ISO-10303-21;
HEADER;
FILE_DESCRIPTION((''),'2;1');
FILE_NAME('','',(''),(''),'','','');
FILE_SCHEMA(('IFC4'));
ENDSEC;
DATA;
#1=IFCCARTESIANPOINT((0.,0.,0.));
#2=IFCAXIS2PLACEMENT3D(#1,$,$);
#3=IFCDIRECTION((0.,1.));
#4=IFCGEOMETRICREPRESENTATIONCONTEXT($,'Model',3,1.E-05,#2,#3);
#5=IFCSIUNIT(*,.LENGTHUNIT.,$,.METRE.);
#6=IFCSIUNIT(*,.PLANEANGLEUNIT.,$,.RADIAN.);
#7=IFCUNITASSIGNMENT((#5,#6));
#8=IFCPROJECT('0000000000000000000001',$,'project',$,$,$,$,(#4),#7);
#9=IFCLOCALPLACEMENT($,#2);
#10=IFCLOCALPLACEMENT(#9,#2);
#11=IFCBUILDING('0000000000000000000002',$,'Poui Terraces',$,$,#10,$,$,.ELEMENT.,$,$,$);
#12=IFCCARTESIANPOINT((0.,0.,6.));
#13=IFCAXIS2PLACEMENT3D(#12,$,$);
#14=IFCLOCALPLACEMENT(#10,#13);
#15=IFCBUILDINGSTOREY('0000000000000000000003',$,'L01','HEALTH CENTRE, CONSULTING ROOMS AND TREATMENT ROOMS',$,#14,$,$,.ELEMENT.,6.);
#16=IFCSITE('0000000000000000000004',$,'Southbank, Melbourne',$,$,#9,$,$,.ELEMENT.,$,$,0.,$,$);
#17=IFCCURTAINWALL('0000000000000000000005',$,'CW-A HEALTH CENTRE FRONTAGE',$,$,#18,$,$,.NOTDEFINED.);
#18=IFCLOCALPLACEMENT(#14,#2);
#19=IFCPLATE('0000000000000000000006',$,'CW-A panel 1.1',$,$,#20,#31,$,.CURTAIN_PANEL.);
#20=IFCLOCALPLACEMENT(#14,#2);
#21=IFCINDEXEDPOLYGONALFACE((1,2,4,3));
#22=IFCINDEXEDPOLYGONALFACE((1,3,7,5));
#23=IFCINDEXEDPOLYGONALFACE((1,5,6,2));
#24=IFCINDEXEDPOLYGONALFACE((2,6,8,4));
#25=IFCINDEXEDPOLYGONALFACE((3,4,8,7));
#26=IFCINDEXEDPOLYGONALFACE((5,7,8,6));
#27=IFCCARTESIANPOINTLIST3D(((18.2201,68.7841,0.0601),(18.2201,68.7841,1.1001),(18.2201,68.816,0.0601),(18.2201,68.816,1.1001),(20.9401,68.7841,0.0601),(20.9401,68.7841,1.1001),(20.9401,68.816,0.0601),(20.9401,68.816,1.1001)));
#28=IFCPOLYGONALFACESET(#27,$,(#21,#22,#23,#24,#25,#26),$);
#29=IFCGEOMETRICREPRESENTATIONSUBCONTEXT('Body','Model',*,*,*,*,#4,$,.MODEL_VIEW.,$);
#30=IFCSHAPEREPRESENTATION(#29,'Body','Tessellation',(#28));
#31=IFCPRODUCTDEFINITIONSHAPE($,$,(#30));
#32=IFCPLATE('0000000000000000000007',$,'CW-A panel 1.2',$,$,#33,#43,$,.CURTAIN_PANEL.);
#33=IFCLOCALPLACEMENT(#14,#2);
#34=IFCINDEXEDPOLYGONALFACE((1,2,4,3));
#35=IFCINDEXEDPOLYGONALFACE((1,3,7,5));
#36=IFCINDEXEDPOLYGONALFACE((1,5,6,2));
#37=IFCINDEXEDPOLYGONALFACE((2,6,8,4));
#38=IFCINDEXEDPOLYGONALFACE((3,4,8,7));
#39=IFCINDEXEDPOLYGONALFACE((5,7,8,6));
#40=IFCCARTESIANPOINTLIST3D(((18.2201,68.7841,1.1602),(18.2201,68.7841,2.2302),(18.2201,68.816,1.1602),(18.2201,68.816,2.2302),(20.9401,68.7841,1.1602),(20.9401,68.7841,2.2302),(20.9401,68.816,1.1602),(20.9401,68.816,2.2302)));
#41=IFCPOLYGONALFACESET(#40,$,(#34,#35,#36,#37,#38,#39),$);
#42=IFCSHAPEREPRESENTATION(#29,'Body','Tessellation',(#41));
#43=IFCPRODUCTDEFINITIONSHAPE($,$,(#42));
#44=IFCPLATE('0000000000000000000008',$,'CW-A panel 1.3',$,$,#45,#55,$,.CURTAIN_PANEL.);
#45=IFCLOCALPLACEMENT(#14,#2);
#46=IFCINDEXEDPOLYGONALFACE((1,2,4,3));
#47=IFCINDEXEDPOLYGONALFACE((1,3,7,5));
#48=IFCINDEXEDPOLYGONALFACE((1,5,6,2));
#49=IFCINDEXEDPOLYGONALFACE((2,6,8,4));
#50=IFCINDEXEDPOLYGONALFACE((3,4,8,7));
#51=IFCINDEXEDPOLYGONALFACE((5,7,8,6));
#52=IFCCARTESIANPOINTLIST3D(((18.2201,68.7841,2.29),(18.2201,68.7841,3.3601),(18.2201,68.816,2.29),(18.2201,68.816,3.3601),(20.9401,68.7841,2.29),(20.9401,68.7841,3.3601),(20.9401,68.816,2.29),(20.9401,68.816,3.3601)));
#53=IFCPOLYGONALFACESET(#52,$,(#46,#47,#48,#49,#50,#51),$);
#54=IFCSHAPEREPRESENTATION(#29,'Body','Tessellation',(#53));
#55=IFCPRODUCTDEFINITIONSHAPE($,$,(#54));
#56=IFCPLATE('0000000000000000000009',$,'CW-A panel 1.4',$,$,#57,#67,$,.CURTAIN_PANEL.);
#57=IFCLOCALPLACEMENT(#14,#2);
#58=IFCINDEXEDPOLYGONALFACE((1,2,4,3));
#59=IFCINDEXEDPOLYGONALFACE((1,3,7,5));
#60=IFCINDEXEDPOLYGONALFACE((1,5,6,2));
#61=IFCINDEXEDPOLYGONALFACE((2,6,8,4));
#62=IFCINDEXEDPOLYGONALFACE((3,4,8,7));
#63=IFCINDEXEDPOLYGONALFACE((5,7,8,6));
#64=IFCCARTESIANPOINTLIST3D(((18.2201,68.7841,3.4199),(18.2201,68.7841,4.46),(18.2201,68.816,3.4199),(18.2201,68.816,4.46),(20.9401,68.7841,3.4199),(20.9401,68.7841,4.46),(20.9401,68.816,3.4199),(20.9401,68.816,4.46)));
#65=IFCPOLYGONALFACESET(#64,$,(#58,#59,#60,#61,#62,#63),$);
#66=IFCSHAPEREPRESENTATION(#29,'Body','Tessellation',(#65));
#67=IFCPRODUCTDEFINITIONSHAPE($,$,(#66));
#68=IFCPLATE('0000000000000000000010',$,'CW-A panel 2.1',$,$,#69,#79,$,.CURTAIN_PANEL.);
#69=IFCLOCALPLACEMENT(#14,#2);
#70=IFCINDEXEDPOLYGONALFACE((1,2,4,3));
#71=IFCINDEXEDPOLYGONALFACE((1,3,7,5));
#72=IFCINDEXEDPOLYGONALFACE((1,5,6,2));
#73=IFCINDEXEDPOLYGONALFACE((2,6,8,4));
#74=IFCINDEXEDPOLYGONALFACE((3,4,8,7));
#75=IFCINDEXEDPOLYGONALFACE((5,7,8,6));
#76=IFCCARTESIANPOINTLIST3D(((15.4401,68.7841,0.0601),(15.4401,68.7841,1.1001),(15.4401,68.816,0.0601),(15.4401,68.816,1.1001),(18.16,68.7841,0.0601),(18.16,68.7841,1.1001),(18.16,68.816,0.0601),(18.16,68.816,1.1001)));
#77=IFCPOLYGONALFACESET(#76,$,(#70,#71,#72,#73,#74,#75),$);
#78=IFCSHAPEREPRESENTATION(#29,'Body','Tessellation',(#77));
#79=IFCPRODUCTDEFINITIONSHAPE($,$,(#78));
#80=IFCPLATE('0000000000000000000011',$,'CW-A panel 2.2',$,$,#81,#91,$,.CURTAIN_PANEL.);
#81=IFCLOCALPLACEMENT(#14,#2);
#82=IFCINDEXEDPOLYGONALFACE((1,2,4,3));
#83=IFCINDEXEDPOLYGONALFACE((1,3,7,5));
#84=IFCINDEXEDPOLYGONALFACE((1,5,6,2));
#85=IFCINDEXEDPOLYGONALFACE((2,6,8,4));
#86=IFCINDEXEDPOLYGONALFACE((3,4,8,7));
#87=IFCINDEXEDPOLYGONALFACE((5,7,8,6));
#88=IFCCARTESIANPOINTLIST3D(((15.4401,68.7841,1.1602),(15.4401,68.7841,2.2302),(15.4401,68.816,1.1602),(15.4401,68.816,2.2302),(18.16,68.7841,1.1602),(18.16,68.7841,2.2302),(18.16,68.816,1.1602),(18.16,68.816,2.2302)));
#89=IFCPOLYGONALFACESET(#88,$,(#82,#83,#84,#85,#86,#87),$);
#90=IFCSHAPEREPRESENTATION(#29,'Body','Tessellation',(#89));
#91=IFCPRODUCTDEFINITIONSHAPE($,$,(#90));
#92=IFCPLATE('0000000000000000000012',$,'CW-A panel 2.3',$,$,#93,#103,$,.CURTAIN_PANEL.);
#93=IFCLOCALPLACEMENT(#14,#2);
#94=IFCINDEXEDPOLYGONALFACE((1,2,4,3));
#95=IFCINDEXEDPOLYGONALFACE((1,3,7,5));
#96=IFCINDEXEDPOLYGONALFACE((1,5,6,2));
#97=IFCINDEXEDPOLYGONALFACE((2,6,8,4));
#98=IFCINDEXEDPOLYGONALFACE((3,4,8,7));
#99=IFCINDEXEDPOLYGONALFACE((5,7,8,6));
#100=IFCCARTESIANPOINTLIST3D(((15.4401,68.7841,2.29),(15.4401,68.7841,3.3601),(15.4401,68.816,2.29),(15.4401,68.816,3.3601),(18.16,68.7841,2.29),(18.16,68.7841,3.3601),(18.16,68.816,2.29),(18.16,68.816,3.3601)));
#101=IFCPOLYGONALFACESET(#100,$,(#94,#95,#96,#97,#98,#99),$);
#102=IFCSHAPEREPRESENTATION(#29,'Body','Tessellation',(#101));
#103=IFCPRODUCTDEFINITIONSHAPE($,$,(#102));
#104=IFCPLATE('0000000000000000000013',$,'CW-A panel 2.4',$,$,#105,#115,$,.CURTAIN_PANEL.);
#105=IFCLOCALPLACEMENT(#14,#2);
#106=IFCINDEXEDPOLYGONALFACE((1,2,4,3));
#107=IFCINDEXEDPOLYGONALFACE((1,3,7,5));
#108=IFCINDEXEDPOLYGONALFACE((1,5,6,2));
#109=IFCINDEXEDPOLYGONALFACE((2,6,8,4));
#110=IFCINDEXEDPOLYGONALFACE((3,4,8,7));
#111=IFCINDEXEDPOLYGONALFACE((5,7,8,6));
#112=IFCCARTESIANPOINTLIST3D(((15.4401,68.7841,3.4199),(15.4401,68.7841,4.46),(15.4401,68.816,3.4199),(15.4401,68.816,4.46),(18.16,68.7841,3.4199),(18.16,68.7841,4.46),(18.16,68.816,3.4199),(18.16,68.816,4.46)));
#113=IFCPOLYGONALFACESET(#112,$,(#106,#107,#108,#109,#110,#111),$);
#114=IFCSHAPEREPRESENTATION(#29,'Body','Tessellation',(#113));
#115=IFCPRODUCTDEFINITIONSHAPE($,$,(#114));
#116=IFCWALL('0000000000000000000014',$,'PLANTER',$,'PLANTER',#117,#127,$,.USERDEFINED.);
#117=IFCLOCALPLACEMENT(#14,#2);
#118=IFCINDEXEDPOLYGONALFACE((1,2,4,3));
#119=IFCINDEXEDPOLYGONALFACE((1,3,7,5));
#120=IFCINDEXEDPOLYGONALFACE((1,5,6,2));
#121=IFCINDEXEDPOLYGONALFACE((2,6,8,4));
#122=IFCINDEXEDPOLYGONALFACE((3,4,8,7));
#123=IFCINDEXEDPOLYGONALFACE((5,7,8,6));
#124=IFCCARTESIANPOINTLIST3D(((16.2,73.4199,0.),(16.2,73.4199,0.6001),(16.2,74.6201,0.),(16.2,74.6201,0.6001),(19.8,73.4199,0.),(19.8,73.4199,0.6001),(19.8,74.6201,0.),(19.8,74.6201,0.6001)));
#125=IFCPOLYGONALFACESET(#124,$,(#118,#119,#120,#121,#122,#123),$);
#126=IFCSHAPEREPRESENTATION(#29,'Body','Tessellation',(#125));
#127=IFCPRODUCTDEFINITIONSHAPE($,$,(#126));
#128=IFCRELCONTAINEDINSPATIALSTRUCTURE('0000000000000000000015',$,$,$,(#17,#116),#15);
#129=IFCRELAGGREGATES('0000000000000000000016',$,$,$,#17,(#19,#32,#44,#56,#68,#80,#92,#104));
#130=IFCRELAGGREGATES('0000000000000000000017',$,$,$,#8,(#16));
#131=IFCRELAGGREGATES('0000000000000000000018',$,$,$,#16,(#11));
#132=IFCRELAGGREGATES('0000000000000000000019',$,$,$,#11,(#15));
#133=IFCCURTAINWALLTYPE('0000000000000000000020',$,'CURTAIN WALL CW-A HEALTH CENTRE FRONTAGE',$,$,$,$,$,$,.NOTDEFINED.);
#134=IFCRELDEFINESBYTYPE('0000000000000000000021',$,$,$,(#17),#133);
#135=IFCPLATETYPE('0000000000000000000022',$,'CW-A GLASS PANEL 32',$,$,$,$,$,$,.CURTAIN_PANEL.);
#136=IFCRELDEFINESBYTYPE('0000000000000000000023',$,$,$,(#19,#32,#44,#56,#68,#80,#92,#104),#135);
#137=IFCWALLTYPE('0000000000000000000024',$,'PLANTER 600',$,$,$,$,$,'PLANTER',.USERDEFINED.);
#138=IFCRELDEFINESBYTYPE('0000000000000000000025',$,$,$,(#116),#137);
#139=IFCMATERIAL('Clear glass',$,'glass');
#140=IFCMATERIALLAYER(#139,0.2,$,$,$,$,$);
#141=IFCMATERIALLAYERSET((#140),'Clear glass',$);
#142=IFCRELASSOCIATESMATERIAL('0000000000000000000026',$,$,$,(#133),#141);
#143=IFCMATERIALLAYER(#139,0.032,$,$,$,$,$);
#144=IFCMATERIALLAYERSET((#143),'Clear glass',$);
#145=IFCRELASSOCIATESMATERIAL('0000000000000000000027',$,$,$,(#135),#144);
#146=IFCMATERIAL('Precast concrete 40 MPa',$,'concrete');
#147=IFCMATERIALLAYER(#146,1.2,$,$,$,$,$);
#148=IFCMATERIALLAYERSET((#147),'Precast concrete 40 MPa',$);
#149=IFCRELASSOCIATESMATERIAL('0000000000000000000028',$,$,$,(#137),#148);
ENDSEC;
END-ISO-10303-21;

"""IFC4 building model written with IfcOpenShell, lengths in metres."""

from ifc_helpers import new_model, si_unit, direction, frame, origin, origin_2d, place, context, subcontext, project, spatial, polyline, rectangle, outline, extrude, source, transform, mapped, material, layer, layer_set, type_object, element, aggregate, save


model = new_model("IFC4")

# Units and contexts
model_context = context("Model", 3, precision=1e-05, world=origin(), true_north=direction((0.0, 1.0)))
body_context = subcontext(model_context, "Body", "Model", "MODEL_VIEW")
ifc_project = project(units=[si_unit("LENGTHUNIT", "METRE"), si_unit("PLANEANGLEUNIT", "RADIAN")], contexts=[model_context])

# Site, building, storey
site_placement = place(None, origin())
site = spatial("IfcSite", under=ifc_project, at=site_placement, Name="Southbank, Melbourne", CompositionType="ELEMENT", RefElevation=0.0)
building_placement = place(site_placement, origin())
building = spatial("IfcBuilding", under=site, at=building_placement, Name="Poui Terraces", CompositionType="ELEMENT")
storey_placement = place(building_placement, frame((0.0, 0.0, 6.0)))
storey = spatial("IfcBuildingStorey", under=building, at=storey_placement, Name="L01", Description="HEALTH CENTRE, CONSULTING ROOMS AND TREATMENT ROOMS", CompositionType="ELEMENT", Elevation=6.0)

# Shared definitions
ifc_material_1 = material(Name="Clear glass", Category="glass")
ifc_layer_1 = layer(ifc_material_1, 0.2)
ifc_layer_set_1 = layer_set([ifc_layer_1], Name="Clear glass")
curtain_wall_type = type_object("IfcCurtainWallType", Name="CURTAIN WALL CW-A HEALTH CENTRE FRONTAGE", PredefinedType="NOTDEFINED", material=ifc_layer_set_1)

# Curtain wall
curtain_wall_1_placement = place(storey_placement, origin())
curtain_wall_1 = element("IfcCurtainWall", 1, at=curtain_wall_1_placement, inside=storey, type_object=curtain_wall_type, Name="CW-A HEALTH CENTRE FRONTAGE", PredefinedType="NOTDEFINED")

# Plates
ifc_layer_2 = layer(ifc_material_1, 0.032)
ifc_layer_set_2 = layer_set([ifc_layer_2], Name="Clear glass")
plate_type = type_object("IfcPlateType", Name="CW-A GLASS PANEL 32", PredefinedType="CURTAIN_PANEL", material=ifc_layer_set_2)
plate_1_placement = place(storey_placement, frame((19.5801, 68.8, 0.0601), z_axis=(0.0, 0.0, 1.0), x_axis=(-1.0, 0.0, 0.0)))
plate_1 = element("IfcPlate", 2, at=plate_1_placement, type_object=plate_type, Name="CW-A panel 1.1", PredefinedType="CURTAIN_PANEL", context=body_context, shape_type="SweptSolid", body=[
    extrude(rectangle(XDim=2.72, YDim=0.032, at=origin_2d()), origin(), (0.0, 0.0, 1.0), 1.04),
])
plate_2_placement = place(storey_placement, frame((19.5801, 68.8, 1.1602), z_axis=(0.0, 0.0, 1.0), x_axis=(-1.0, 0.0, 0.0)))
plate_2 = element("IfcPlate", 3, at=plate_2_placement, type_object=plate_type, Name="CW-A panel 1.2", PredefinedType="CURTAIN_PANEL", context=body_context, shape_type="SweptSolid", body=[
    extrude(rectangle(XDim=2.72, YDim=0.032, at=origin_2d()), origin(), (0.0, 0.0, 1.0), 1.0701),
])
plate_3_placement = place(storey_placement, frame((19.5801, 68.8, 2.29), z_axis=(0.0, 0.0, 1.0), x_axis=(-1.0, 0.0, 0.0)))
plate_3 = element("IfcPlate", 4, at=plate_3_placement, type_object=plate_type, Name="CW-A panel 1.3", PredefinedType="CURTAIN_PANEL", context=body_context, shape_type="SweptSolid", body=[
    extrude(rectangle(XDim=2.72, YDim=0.032, at=origin_2d()), origin(), (0.0, 0.0, 1.0), 1.0701),
])
plate_4_placement = place(storey_placement, frame((19.5801, 68.8, 3.4199), z_axis=(0.0, 0.0, 1.0), x_axis=(-1.0, 0.0, 0.0)))
plate_4 = element("IfcPlate", 5, at=plate_4_placement, type_object=plate_type, Name="CW-A panel 1.4", PredefinedType="CURTAIN_PANEL", context=body_context, shape_type="SweptSolid", body=[
    extrude(rectangle(XDim=2.72, YDim=0.032, at=origin_2d()), origin(), (0.0, 0.0, 1.0), 1.04),
])
plate_5_placement = place(storey_placement, frame((16.8, 68.8, 0.0601), z_axis=(0.0, 0.0, 1.0), x_axis=(-1.0, 0.0, 0.0)))
plate_5 = element("IfcPlate", 6, at=plate_5_placement, type_object=plate_type, Name="CW-A panel 2.1", PredefinedType="CURTAIN_PANEL", context=body_context, shape_type="SweptSolid", body=[
    extrude(rectangle(XDim=2.72, YDim=0.032, at=origin_2d()), origin(), (0.0, 0.0, 1.0), 1.04),
])
plate_6_placement = place(storey_placement, frame((16.8, 68.8, 1.1602), z_axis=(0.0, 0.0, 1.0), x_axis=(-1.0, 0.0, 0.0)))
plate_6 = element("IfcPlate", 7, at=plate_6_placement, type_object=plate_type, Name="CW-A panel 2.2", PredefinedType="CURTAIN_PANEL", context=body_context, shape_type="SweptSolid", body=[
    extrude(rectangle(XDim=2.72, YDim=0.032, at=origin_2d()), origin(), (0.0, 0.0, 1.0), 1.0701),
])
plate_7_placement = place(storey_placement, frame((16.8, 68.8, 2.29), z_axis=(0.0, 0.0, 1.0), x_axis=(-1.0, 0.0, 0.0)))
plate_7 = element("IfcPlate", 8, at=plate_7_placement, type_object=plate_type, Name="CW-A panel 2.3", PredefinedType="CURTAIN_PANEL", context=body_context, shape_type="SweptSolid", body=[
    extrude(rectangle(XDim=2.72, YDim=0.032, at=origin_2d()), origin(), (0.0, 0.0, 1.0), 1.0701),
])
plate_8_placement = place(storey_placement, frame((16.8, 68.8, 3.4199), z_axis=(0.0, 0.0, 1.0), x_axis=(-1.0, 0.0, 0.0)))
plate_8 = element("IfcPlate", 9, at=plate_8_placement, type_object=plate_type, Name="CW-A panel 2.4", PredefinedType="CURTAIN_PANEL", context=body_context, shape_type="SweptSolid", body=[
    extrude(rectangle(XDim=2.72, YDim=0.032, at=origin_2d()), origin(), (0.0, 0.0, 1.0), 1.04),
])
aggregate(curtain_wall_1, [plate_1, plate_2, plate_3, plate_4, plate_5, plate_6, plate_7, plate_8])

# Shared definitions
ifc_material_2 = material(Name="Precast concrete 40 MPa", Category="concrete")

# Wall
ifc_layer_3 = layer(ifc_material_2, 1.2)
ifc_layer_set_3 = layer_set([ifc_layer_3], Name="Precast concrete 40 MPa")
wall_type_1 = type_object("IfcWallType", Name="PLANTER 600", ElementType="PLANTER", PredefinedType="USERDEFINED", material=ifc_layer_set_3)
shared_shape_1 = source(origin(), body_context, "Body", "SweptSolid", [
    extrude(outline(polyline([(0.0, 0.0), (3.6001, 0.0), (3.6001, 1.2002), (0.0, 1.2002), (0.0, 0.0)])), origin(), (0.0, 0.0, 1.0), 0.6001),
])
wall_1_placement = place(storey_placement, frame((16.2, 73.4199, 0.0)))
element("IfcWall", 10, at=wall_1_placement, inside=storey, type_object=wall_type_1, Name="PLANTER", ObjectType="PLANTER", PredefinedType="USERDEFINED", context=body_context, shape_type="MappedRepresentation", body=[
    mapped(shared_shape_1, transform((0.0, 0.0, 0.0))),
])

save(model, "model.ifc")
